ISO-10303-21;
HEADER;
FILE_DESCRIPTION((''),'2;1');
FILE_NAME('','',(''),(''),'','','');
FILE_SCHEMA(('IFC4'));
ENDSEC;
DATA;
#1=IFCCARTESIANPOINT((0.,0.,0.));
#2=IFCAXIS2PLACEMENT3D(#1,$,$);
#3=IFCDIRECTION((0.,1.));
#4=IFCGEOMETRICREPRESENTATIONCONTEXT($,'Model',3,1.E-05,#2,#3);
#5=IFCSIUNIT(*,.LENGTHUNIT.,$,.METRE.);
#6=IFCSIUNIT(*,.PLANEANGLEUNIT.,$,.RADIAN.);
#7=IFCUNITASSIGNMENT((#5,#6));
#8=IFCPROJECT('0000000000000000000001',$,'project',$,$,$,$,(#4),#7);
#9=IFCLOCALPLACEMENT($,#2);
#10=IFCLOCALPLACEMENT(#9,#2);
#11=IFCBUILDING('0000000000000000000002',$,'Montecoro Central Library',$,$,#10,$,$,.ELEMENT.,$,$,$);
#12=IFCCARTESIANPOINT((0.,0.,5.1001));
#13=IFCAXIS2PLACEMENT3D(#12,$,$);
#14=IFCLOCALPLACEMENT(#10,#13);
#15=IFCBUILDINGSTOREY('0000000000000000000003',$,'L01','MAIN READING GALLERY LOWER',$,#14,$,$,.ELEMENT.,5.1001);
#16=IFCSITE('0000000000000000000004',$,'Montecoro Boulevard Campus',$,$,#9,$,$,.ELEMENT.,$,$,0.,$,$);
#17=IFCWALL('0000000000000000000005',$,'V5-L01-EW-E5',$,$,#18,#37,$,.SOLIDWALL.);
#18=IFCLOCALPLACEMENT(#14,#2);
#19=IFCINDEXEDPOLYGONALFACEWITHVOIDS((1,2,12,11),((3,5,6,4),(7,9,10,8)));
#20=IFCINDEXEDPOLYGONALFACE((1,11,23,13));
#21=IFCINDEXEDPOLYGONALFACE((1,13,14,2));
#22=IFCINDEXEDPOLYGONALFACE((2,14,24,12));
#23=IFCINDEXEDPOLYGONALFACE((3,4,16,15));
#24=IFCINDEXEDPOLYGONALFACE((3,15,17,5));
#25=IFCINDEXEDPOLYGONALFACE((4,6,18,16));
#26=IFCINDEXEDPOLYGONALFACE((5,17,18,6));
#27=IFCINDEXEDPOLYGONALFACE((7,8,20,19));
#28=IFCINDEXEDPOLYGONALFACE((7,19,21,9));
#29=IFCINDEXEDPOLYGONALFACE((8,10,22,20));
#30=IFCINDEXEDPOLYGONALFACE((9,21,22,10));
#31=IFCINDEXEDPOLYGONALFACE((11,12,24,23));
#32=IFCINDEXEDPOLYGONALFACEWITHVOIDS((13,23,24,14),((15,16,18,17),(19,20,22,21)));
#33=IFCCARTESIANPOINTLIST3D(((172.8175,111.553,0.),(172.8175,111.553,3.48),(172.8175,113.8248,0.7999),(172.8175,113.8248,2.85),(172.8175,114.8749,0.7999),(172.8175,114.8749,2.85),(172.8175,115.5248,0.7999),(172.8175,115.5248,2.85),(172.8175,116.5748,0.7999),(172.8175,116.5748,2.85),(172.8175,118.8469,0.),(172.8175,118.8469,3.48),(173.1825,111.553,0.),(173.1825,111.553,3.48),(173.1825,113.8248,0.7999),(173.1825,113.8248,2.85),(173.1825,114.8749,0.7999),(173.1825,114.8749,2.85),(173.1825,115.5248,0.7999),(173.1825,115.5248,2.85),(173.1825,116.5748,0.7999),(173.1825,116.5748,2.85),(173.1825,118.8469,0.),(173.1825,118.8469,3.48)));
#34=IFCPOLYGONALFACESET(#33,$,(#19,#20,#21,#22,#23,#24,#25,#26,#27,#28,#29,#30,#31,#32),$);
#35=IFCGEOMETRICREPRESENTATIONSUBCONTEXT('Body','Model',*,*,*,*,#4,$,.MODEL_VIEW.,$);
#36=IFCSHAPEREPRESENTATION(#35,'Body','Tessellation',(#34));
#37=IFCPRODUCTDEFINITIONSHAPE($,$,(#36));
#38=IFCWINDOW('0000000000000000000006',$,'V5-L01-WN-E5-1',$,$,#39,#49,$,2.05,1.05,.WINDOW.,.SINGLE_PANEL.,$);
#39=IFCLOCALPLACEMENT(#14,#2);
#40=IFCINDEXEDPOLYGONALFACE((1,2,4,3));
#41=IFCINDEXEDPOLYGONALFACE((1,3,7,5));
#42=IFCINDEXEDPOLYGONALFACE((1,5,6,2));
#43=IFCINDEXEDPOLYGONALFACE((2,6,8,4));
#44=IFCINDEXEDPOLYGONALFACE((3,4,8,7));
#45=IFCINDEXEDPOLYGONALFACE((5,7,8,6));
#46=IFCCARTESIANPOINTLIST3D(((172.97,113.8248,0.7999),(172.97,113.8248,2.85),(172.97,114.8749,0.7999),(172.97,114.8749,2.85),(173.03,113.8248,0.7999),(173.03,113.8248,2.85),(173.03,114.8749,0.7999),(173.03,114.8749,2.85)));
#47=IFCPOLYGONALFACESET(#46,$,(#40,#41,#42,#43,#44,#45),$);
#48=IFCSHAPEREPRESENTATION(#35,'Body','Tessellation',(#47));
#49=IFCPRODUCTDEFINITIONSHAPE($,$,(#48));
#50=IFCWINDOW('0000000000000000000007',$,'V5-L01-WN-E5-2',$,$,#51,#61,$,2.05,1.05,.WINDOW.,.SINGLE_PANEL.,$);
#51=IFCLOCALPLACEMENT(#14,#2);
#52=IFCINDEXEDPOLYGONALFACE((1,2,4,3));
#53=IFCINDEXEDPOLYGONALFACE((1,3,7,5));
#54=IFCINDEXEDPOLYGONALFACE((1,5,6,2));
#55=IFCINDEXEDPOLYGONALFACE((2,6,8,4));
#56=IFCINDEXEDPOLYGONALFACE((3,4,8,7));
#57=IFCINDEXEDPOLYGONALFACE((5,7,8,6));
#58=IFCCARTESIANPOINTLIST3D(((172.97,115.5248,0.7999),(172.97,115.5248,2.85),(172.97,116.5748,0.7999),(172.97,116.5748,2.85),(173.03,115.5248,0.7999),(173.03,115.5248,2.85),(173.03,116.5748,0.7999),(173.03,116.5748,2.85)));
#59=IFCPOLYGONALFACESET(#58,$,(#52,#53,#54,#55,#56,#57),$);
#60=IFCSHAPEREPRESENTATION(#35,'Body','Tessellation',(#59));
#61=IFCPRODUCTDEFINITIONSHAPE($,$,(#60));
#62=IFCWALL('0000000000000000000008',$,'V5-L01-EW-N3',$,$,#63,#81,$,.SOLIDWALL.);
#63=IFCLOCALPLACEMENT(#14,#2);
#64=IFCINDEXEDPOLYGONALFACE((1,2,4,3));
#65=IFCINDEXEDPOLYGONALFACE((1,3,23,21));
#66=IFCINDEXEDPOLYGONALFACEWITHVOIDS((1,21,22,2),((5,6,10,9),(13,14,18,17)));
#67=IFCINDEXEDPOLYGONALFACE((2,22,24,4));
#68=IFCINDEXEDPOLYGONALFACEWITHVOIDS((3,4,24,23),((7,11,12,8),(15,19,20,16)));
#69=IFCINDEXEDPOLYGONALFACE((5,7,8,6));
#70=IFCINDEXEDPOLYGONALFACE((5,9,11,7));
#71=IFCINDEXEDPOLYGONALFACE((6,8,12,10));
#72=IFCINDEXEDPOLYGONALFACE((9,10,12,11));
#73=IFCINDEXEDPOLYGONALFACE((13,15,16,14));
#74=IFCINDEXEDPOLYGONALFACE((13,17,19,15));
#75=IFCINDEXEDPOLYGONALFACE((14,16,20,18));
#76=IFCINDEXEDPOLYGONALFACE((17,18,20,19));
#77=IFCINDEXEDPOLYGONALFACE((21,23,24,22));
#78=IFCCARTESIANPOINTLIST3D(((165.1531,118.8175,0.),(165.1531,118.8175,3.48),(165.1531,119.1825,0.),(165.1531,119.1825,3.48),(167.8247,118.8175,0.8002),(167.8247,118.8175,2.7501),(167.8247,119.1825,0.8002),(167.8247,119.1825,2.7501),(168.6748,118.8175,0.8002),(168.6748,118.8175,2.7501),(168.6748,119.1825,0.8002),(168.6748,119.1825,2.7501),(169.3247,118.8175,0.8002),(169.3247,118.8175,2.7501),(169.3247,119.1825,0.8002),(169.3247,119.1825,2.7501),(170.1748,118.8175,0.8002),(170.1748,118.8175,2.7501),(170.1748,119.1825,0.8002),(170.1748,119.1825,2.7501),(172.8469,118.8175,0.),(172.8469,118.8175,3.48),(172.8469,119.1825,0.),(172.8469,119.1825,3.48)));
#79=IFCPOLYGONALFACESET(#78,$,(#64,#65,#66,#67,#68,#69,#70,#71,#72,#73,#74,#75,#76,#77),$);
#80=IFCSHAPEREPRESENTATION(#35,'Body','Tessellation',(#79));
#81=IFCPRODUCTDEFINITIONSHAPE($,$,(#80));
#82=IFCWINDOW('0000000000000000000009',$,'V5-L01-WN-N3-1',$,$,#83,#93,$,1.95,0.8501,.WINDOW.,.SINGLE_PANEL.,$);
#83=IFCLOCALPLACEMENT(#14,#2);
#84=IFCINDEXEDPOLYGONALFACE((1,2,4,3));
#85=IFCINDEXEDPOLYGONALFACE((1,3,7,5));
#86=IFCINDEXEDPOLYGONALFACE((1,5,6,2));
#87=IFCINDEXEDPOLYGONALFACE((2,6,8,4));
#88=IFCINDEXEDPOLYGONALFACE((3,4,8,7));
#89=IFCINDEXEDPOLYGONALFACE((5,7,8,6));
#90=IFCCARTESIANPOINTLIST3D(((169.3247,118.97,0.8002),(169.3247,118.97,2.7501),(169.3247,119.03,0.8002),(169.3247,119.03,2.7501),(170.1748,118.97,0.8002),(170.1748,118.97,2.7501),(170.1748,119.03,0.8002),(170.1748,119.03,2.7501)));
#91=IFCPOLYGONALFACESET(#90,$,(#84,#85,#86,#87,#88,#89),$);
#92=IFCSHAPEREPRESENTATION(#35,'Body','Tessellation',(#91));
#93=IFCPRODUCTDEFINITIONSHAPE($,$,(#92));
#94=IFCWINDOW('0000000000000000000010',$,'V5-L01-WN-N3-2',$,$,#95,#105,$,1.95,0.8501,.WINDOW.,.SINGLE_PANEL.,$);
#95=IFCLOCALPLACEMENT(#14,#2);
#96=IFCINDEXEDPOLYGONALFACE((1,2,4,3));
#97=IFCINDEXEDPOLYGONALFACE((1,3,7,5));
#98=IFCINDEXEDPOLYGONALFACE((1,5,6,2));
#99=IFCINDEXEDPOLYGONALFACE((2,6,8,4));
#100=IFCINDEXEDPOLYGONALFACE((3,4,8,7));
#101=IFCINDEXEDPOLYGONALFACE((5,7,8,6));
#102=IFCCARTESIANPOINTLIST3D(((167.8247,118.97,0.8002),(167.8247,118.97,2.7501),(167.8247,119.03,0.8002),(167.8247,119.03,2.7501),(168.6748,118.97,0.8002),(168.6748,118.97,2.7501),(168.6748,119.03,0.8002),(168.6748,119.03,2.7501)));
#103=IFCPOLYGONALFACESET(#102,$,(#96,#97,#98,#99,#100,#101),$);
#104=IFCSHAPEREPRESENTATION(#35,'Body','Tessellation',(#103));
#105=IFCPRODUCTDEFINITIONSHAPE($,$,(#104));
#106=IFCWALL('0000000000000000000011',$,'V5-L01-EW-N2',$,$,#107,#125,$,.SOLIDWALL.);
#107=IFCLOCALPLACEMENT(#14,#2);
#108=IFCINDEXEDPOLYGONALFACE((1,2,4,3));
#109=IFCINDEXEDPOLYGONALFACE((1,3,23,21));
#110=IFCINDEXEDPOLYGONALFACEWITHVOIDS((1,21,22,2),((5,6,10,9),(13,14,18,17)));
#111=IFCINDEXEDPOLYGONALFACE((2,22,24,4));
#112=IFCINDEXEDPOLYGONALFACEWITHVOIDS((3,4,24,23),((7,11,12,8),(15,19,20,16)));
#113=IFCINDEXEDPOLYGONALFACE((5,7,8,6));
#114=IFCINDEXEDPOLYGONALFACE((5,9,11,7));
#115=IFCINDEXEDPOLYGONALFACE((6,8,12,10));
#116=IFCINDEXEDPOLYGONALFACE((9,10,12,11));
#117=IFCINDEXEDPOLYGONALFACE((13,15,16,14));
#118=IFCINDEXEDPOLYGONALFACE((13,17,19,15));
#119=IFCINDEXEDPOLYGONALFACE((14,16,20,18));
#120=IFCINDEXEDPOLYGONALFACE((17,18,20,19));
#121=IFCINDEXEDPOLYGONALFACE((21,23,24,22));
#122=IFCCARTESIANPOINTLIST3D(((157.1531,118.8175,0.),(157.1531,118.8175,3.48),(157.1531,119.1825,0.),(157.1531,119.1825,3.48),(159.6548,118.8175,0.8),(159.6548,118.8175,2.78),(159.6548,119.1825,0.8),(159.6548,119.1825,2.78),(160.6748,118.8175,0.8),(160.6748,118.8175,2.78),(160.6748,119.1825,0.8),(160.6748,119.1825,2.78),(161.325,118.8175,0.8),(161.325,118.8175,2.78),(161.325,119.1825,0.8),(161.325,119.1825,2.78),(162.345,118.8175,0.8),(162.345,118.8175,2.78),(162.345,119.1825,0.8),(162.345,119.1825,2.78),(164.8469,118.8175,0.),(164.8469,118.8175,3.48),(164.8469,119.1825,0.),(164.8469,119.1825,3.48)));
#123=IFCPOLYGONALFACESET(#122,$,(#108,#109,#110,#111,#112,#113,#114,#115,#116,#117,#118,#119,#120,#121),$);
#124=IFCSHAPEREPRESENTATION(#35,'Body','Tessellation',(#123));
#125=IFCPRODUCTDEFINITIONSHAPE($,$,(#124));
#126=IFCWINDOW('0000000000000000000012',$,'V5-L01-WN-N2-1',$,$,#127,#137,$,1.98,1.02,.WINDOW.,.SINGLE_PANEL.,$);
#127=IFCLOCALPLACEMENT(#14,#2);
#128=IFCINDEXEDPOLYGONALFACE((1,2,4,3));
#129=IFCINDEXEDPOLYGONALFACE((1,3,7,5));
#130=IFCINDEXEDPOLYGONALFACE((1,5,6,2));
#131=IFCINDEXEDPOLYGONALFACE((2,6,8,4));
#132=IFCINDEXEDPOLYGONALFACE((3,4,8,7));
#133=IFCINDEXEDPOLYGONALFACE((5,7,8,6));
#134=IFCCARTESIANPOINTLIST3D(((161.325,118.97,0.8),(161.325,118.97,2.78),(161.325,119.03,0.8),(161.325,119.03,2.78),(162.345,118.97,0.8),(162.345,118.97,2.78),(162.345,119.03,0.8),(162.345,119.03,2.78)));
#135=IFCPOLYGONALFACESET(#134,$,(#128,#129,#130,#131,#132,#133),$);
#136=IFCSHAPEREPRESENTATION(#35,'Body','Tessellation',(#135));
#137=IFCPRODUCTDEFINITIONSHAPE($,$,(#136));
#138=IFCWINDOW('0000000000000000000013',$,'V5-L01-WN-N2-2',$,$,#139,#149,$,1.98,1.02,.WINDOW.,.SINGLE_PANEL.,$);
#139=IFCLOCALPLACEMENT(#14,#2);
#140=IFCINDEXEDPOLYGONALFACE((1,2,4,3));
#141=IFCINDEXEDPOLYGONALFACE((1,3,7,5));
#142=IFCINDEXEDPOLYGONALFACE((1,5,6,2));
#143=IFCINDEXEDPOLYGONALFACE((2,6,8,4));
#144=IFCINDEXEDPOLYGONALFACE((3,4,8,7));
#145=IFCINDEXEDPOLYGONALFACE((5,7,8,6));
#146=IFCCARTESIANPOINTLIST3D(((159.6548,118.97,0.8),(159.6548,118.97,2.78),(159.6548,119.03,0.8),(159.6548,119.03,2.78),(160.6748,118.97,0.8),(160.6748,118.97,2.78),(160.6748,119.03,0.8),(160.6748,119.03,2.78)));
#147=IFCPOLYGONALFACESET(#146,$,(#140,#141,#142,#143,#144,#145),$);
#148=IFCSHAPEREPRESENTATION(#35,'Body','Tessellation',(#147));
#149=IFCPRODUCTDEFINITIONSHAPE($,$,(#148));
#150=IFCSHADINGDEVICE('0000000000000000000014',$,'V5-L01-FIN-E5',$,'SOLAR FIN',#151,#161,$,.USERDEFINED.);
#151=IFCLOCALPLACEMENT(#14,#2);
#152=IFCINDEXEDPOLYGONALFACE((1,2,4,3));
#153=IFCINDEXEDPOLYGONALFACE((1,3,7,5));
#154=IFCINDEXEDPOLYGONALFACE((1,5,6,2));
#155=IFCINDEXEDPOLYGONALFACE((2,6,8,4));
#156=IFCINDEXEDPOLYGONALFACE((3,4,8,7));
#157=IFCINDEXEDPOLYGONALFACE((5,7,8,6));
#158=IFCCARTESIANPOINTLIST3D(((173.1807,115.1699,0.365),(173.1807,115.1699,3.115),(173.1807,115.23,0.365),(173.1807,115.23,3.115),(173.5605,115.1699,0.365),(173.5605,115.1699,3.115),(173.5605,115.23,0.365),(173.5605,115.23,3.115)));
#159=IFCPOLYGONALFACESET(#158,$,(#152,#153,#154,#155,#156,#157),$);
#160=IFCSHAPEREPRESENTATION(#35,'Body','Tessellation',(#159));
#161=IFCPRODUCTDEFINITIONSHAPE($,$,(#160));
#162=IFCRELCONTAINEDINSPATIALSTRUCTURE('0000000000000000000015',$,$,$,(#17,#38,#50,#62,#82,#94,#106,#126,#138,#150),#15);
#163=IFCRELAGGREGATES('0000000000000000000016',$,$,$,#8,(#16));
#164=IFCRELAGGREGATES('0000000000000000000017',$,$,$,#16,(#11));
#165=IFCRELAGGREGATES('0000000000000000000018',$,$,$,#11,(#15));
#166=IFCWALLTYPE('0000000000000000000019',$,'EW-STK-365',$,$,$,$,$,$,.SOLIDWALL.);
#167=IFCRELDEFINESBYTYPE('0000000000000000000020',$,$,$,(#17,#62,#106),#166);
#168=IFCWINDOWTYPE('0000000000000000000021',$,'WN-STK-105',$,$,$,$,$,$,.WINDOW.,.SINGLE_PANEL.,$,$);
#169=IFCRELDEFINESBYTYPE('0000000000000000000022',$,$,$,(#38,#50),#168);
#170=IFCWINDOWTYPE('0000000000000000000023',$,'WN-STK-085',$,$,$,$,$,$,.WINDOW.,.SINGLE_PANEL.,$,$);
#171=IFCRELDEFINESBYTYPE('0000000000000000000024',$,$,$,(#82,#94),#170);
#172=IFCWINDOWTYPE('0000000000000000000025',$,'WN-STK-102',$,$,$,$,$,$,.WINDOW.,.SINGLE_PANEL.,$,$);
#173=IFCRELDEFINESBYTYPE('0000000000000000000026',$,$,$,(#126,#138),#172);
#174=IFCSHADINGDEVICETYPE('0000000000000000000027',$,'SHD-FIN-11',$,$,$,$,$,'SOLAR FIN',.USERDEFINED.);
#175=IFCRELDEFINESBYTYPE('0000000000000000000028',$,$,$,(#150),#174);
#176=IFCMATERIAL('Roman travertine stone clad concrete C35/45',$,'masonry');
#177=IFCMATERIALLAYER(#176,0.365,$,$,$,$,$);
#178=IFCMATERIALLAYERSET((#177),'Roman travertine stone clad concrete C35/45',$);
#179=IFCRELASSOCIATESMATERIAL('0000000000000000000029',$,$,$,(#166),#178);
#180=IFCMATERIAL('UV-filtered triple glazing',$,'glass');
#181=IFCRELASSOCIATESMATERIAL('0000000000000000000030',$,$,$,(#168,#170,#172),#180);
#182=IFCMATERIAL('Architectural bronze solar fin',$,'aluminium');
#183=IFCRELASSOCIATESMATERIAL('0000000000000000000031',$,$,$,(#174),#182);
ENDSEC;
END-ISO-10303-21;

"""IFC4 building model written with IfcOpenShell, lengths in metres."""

from ifc_helpers import new_model, si_unit, direction, frame, frame_2d, origin, origin_2d, place, context, subcontext, project, spatial, rectangle, extrude, material, layer, layer_set, type_object, element, fill, save


model = new_model("IFC4")

# Units and contexts
model_context = context("Model", 3, precision=1e-05, world=origin(), true_north=direction((0.0, 1.0)))
body_context = subcontext(model_context, "Body", "Model", "MODEL_VIEW")
ifc_project = project(units=[si_unit("LENGTHUNIT", "METRE"), si_unit("PLANEANGLEUNIT", "RADIAN")], contexts=[model_context])

# Site, building, storey
site_placement = place(None, origin())
site = spatial("IfcSite", under=ifc_project, at=site_placement, Name="Montecoro Boulevard Campus", CompositionType="ELEMENT", RefElevation=0.0)
building_placement = place(site_placement, origin())
building = spatial("IfcBuilding", under=site, at=building_placement, Name="Montecoro Central Library", CompositionType="ELEMENT")
storey_placement = place(building_placement, frame((0.0, 0.0, 5.1001)))
storey = spatial("IfcBuildingStorey", under=building, at=storey_placement, Name="L01", Description="MAIN READING GALLERY LOWER", CompositionType="ELEMENT", Elevation=5.1001)

# Walls, openings, windows
ifc_material_1 = material(Name="Roman travertine stone clad concrete C35/45", Category="masonry")
ifc_layer_1 = layer(ifc_material_1, 0.365)
ifc_layer_set_1 = layer_set([ifc_layer_1], Name="Roman travertine stone clad concrete C35/45")
wall_type_1 = type_object("IfcWallType", Name="EW-STK-365", PredefinedType="SOLIDWALL", material=ifc_layer_set_1)
wall_1_placement = place(storey_placement, frame((173.0, 111.553, 0.0), z_axis=(0.0, 0.0, 1.0), x_axis=(0.0, 1.0, 0.0)))
wall_1 = element("IfcWall", 1, at=wall_1_placement, inside=storey, type_object=wall_type_1, Name="V5-L01-EW-E5", PredefinedType="SOLIDWALL", context=body_context, shape_type="SweptSolid", body=[
    extrude(rectangle(XDim=7.2939, YDim=0.365, at=frame_2d((3.647, 0.0))), origin(), (0.0, 0.0, 1.0), 3.48),
])
opening_1_placement = place(wall_1_placement, frame((2.272, 0.0, 0.8)))
opening_1 = element("IfcOpeningElement", 2, at=opening_1_placement, cuts=wall_1, PredefinedType="OPENING", context=body_context, shape_type="SweptSolid", body=[
    extrude(rectangle(XDim=1.05, YDim=2.05, at=frame_2d((0.5249, 1.0249))), frame((0.0, 0.1924, 0.0), z_axis=(0.0, -1.0, 0.0), x_axis=(1.0, 0.0, 0.0)), (0.0, 0.0, 1.0), 0.385),
])
opening_2_placement = place(wall_1_placement, frame((3.9719, 0.0, 0.8)))
opening_2 = element("IfcOpeningElement", 3, at=opening_2_placement, cuts=wall_1, PredefinedType="OPENING", context=body_context, shape_type="SweptSolid", body=[
    extrude(rectangle(XDim=1.05, YDim=2.05, at=frame_2d((0.5249, 1.0249))), frame((0.0, 0.1924, 0.0), z_axis=(0.0, -1.0, 0.0), x_axis=(1.0, 0.0, 0.0)), (0.0, 0.0, 1.0), 0.385),
])
ifc_material_2 = material(Name="UV-filtered triple glazing", Category="glass")
window_type_1 = type_object("IfcWindowType", Name="WN-STK-105", PartitioningType="SINGLE_PANEL", PredefinedType="WINDOW", material=ifc_material_2)
window_1_placement = place(opening_1_placement, origin())
window_1 = element("IfcWindow", 4, at=window_1_placement, inside=storey, type_object=window_type_1, Name="V5-L01-WN-E5-1", OverallHeight=2.05, OverallWidth=1.05, PartitioningType="SINGLE_PANEL", PredefinedType="WINDOW", context=body_context, shape_type="SweptSolid", body=[
    extrude(rectangle(XDim=1.05, YDim=2.05, at=frame_2d((0.5249, 1.0249))), frame((0.0, 0.03, 0.0), z_axis=(0.0, -1.0, 0.0), x_axis=(1.0, 0.0, 0.0)), (0.0, 0.0, 1.0), 0.0601),
])
fill(opening_1, window_1)
window_2_placement = place(opening_2_placement, origin())
window_2 = element("IfcWindow", 5, at=window_2_placement, inside=storey, type_object=window_type_1, Name="V5-L01-WN-E5-2", OverallHeight=2.05, OverallWidth=1.05, PartitioningType="SINGLE_PANEL", PredefinedType="WINDOW", context=body_context, shape_type="SweptSolid", body=[
    extrude(rectangle(XDim=1.05, YDim=2.05, at=frame_2d((0.5249, 1.0249))), frame((0.0, 0.03, 0.0), z_axis=(0.0, -1.0, 0.0), x_axis=(1.0, 0.0, 0.0)), (0.0, 0.0, 1.0), 0.0601),
])
fill(opening_2, window_2)
wall_2_placement = place(storey_placement, frame((172.8469, 119.0, 0.0), z_axis=(0.0, 0.0, 1.0), x_axis=(-1.0, 0.0, 0.0)))
wall_2 = element("IfcWall", 6, at=wall_2_placement, inside=storey, type_object=wall_type_1, Name="V5-L01-EW-N3", PredefinedType="SOLIDWALL", context=body_context, shape_type="SweptSolid", body=[
    extrude(rectangle(XDim=7.6938, YDim=0.365, at=frame_2d((3.8469, 0.0))), origin(), (0.0, 0.0, 1.0), 3.48),
])
opening_3_placement = place(wall_2_placement, frame((2.6721, 0.0, 0.8)))
opening_3 = element("IfcOpeningElement", 7, at=opening_3_placement, cuts=wall_2, PredefinedType="OPENING", context=body_context, shape_type="SweptSolid", body=[
    extrude(rectangle(XDim=0.8501, YDim=1.95, at=frame_2d((0.425, 0.9751))), frame((0.0, 0.1924, 0.0), z_axis=(0.0, -1.0, 0.0), x_axis=(1.0, 0.0, 0.0)), (0.0, 0.0, 1.0), 0.385),
])
opening_4_placement = place(wall_2_placement, frame((4.1721, 0.0, 0.8)))
opening_4 = element("IfcOpeningElement", 8, at=opening_4_placement, cuts=wall_2, PredefinedType="OPENING", context=body_context, shape_type="SweptSolid", body=[
    extrude(rectangle(XDim=0.8501, YDim=1.95, at=frame_2d((0.425, 0.9751))), frame((0.0, 0.1924, 0.0), z_axis=(0.0, -1.0, 0.0), x_axis=(1.0, 0.0, 0.0)), (0.0, 0.0, 1.0), 0.385),
])
window_type_2 = type_object("IfcWindowType", Name="WN-STK-085", PartitioningType="SINGLE_PANEL", PredefinedType="WINDOW", material=ifc_material_2)
window_3_placement = place(opening_3_placement, origin())
window_3 = element("IfcWindow", 9, at=window_3_placement, inside=storey, type_object=window_type_2, Name="V5-L01-WN-N3-1", OverallHeight=1.95, OverallWidth=0.8501, PartitioningType="SINGLE_PANEL", PredefinedType="WINDOW", context=body_context, shape_type="SweptSolid", body=[
    extrude(rectangle(XDim=0.8501, YDim=1.95, at=frame_2d((0.425, 0.9751))), frame((0.0, 0.03, 0.0), z_axis=(0.0, -1.0, 0.0), x_axis=(1.0, 0.0, 0.0)), (0.0, 0.0, 1.0), 0.0601),
])
fill(opening_3, window_3)
window_4_placement = place(opening_4_placement, origin())
window_4 = element("IfcWindow", 10, at=window_4_placement, inside=storey, type_object=window_type_2, Name="V5-L01-WN-N3-2", OverallHeight=1.95, OverallWidth=0.8501, PartitioningType="SINGLE_PANEL", PredefinedType="WINDOW", context=body_context, shape_type="SweptSolid", body=[
    extrude(rectangle(XDim=0.8501, YDim=1.95, at=frame_2d((0.425, 0.9751))), frame((0.0, 0.03, 0.0), z_axis=(0.0, -1.0, 0.0), x_axis=(1.0, 0.0, 0.0)), (0.0, 0.0, 1.0), 0.0601),
])
fill(opening_4, window_4)
wall_3_placement = place(storey_placement, frame((164.8469, 119.0, 0.0), z_axis=(0.0, 0.0, 1.0), x_axis=(-1.0, 0.0, 0.0)))
wall_3 = element("IfcWall", 11, at=wall_3_placement, inside=storey, type_object=wall_type_1, Name="V5-L01-EW-N2", PredefinedType="SOLIDWALL", context=body_context, shape_type="SweptSolid", body=[
    extrude(rectangle(XDim=7.6938, YDim=0.365, at=frame_2d((3.8469, 0.0))), origin(), (0.0, 0.0, 1.0), 3.48),
])
opening_5_placement = place(wall_3_placement, frame((2.502, 0.0, 0.8)))
opening_5 = element("IfcOpeningElement", 12, at=opening_5_placement, cuts=wall_3, PredefinedType="OPENING", context=body_context, shape_type="SweptSolid", body=[
    extrude(rectangle(XDim=1.02, YDim=1.98, at=frame_2d((0.51, 0.99))), frame((0.0, 0.1924, 0.0), z_axis=(0.0, -1.0, 0.0), x_axis=(1.0, 0.0, 0.0)), (0.0, 0.0, 1.0), 0.385),
])
opening_6_placement = place(wall_3_placement, frame((4.1721, 0.0, 0.8)))
opening_6 = element("IfcOpeningElement", 13, at=opening_6_placement, cuts=wall_3, PredefinedType="OPENING", context=body_context, shape_type="SweptSolid", body=[
    extrude(rectangle(XDim=1.02, YDim=1.98, at=frame_2d((0.51, 0.99))), frame((0.0, 0.1924, 0.0), z_axis=(0.0, -1.0, 0.0), x_axis=(1.0, 0.0, 0.0)), (0.0, 0.0, 1.0), 0.385),
])
window_type_3 = type_object("IfcWindowType", Name="WN-STK-102", PartitioningType="SINGLE_PANEL", PredefinedType="WINDOW", material=ifc_material_2)
window_5_placement = place(opening_5_placement, origin())
window_5 = element("IfcWindow", 14, at=window_5_placement, inside=storey, type_object=window_type_3, Name="V5-L01-WN-N2-1", OverallHeight=1.98, OverallWidth=1.02, PartitioningType="SINGLE_PANEL", PredefinedType="WINDOW", context=body_context, shape_type="SweptSolid", body=[
    extrude(rectangle(XDim=1.02, YDim=1.98, at=frame_2d((0.51, 0.99))), frame((0.0, 0.03, 0.0), z_axis=(0.0, -1.0, 0.0), x_axis=(1.0, 0.0, 0.0)), (0.0, 0.0, 1.0), 0.0601),
])
fill(opening_5, window_5)
window_6_placement = place(opening_6_placement, origin())
window_6 = element("IfcWindow", 15, at=window_6_placement, inside=storey, type_object=window_type_3, Name="V5-L01-WN-N2-2", OverallHeight=1.98, OverallWidth=1.02, PartitioningType="SINGLE_PANEL", PredefinedType="WINDOW", context=body_context, shape_type="SweptSolid", body=[
    extrude(rectangle(XDim=1.02, YDim=1.98, at=frame_2d((0.51, 0.99))), frame((0.0, 0.03, 0.0), z_axis=(0.0, -1.0, 0.0), x_axis=(1.0, 0.0, 0.0)), (0.0, 0.0, 1.0), 0.0601),
])
fill(opening_6, window_6)

# Shading device
ifc_material_3 = material(Name="Architectural bronze solar fin", Category="aluminium")
shading_device_type = type_object("IfcShadingDeviceType", Name="SHD-FIN-11", ElementType="SOLAR FIN", PredefinedType="USERDEFINED", material=ifc_material_3)
shading_device_placement = place(storey_placement, frame((173.3706, 115.2, 0.365), z_axis=(0.0, 0.0, 1.0), x_axis=(0.0, 1.0, 0.0)))
element("IfcShadingDevice", 16, at=shading_device_placement, inside=storey, type_object=shading_device_type, Name="V5-L01-FIN-E5", ObjectType="SOLAR FIN", PredefinedType="USERDEFINED", context=body_context, shape_type="SweptSolid", body=[
    extrude(rectangle(XDim=0.0601, YDim=0.3799, at=origin_2d()), origin(), (0.0, 0.0, 1.0), 2.75),
])

save(model, "model.ifc")
